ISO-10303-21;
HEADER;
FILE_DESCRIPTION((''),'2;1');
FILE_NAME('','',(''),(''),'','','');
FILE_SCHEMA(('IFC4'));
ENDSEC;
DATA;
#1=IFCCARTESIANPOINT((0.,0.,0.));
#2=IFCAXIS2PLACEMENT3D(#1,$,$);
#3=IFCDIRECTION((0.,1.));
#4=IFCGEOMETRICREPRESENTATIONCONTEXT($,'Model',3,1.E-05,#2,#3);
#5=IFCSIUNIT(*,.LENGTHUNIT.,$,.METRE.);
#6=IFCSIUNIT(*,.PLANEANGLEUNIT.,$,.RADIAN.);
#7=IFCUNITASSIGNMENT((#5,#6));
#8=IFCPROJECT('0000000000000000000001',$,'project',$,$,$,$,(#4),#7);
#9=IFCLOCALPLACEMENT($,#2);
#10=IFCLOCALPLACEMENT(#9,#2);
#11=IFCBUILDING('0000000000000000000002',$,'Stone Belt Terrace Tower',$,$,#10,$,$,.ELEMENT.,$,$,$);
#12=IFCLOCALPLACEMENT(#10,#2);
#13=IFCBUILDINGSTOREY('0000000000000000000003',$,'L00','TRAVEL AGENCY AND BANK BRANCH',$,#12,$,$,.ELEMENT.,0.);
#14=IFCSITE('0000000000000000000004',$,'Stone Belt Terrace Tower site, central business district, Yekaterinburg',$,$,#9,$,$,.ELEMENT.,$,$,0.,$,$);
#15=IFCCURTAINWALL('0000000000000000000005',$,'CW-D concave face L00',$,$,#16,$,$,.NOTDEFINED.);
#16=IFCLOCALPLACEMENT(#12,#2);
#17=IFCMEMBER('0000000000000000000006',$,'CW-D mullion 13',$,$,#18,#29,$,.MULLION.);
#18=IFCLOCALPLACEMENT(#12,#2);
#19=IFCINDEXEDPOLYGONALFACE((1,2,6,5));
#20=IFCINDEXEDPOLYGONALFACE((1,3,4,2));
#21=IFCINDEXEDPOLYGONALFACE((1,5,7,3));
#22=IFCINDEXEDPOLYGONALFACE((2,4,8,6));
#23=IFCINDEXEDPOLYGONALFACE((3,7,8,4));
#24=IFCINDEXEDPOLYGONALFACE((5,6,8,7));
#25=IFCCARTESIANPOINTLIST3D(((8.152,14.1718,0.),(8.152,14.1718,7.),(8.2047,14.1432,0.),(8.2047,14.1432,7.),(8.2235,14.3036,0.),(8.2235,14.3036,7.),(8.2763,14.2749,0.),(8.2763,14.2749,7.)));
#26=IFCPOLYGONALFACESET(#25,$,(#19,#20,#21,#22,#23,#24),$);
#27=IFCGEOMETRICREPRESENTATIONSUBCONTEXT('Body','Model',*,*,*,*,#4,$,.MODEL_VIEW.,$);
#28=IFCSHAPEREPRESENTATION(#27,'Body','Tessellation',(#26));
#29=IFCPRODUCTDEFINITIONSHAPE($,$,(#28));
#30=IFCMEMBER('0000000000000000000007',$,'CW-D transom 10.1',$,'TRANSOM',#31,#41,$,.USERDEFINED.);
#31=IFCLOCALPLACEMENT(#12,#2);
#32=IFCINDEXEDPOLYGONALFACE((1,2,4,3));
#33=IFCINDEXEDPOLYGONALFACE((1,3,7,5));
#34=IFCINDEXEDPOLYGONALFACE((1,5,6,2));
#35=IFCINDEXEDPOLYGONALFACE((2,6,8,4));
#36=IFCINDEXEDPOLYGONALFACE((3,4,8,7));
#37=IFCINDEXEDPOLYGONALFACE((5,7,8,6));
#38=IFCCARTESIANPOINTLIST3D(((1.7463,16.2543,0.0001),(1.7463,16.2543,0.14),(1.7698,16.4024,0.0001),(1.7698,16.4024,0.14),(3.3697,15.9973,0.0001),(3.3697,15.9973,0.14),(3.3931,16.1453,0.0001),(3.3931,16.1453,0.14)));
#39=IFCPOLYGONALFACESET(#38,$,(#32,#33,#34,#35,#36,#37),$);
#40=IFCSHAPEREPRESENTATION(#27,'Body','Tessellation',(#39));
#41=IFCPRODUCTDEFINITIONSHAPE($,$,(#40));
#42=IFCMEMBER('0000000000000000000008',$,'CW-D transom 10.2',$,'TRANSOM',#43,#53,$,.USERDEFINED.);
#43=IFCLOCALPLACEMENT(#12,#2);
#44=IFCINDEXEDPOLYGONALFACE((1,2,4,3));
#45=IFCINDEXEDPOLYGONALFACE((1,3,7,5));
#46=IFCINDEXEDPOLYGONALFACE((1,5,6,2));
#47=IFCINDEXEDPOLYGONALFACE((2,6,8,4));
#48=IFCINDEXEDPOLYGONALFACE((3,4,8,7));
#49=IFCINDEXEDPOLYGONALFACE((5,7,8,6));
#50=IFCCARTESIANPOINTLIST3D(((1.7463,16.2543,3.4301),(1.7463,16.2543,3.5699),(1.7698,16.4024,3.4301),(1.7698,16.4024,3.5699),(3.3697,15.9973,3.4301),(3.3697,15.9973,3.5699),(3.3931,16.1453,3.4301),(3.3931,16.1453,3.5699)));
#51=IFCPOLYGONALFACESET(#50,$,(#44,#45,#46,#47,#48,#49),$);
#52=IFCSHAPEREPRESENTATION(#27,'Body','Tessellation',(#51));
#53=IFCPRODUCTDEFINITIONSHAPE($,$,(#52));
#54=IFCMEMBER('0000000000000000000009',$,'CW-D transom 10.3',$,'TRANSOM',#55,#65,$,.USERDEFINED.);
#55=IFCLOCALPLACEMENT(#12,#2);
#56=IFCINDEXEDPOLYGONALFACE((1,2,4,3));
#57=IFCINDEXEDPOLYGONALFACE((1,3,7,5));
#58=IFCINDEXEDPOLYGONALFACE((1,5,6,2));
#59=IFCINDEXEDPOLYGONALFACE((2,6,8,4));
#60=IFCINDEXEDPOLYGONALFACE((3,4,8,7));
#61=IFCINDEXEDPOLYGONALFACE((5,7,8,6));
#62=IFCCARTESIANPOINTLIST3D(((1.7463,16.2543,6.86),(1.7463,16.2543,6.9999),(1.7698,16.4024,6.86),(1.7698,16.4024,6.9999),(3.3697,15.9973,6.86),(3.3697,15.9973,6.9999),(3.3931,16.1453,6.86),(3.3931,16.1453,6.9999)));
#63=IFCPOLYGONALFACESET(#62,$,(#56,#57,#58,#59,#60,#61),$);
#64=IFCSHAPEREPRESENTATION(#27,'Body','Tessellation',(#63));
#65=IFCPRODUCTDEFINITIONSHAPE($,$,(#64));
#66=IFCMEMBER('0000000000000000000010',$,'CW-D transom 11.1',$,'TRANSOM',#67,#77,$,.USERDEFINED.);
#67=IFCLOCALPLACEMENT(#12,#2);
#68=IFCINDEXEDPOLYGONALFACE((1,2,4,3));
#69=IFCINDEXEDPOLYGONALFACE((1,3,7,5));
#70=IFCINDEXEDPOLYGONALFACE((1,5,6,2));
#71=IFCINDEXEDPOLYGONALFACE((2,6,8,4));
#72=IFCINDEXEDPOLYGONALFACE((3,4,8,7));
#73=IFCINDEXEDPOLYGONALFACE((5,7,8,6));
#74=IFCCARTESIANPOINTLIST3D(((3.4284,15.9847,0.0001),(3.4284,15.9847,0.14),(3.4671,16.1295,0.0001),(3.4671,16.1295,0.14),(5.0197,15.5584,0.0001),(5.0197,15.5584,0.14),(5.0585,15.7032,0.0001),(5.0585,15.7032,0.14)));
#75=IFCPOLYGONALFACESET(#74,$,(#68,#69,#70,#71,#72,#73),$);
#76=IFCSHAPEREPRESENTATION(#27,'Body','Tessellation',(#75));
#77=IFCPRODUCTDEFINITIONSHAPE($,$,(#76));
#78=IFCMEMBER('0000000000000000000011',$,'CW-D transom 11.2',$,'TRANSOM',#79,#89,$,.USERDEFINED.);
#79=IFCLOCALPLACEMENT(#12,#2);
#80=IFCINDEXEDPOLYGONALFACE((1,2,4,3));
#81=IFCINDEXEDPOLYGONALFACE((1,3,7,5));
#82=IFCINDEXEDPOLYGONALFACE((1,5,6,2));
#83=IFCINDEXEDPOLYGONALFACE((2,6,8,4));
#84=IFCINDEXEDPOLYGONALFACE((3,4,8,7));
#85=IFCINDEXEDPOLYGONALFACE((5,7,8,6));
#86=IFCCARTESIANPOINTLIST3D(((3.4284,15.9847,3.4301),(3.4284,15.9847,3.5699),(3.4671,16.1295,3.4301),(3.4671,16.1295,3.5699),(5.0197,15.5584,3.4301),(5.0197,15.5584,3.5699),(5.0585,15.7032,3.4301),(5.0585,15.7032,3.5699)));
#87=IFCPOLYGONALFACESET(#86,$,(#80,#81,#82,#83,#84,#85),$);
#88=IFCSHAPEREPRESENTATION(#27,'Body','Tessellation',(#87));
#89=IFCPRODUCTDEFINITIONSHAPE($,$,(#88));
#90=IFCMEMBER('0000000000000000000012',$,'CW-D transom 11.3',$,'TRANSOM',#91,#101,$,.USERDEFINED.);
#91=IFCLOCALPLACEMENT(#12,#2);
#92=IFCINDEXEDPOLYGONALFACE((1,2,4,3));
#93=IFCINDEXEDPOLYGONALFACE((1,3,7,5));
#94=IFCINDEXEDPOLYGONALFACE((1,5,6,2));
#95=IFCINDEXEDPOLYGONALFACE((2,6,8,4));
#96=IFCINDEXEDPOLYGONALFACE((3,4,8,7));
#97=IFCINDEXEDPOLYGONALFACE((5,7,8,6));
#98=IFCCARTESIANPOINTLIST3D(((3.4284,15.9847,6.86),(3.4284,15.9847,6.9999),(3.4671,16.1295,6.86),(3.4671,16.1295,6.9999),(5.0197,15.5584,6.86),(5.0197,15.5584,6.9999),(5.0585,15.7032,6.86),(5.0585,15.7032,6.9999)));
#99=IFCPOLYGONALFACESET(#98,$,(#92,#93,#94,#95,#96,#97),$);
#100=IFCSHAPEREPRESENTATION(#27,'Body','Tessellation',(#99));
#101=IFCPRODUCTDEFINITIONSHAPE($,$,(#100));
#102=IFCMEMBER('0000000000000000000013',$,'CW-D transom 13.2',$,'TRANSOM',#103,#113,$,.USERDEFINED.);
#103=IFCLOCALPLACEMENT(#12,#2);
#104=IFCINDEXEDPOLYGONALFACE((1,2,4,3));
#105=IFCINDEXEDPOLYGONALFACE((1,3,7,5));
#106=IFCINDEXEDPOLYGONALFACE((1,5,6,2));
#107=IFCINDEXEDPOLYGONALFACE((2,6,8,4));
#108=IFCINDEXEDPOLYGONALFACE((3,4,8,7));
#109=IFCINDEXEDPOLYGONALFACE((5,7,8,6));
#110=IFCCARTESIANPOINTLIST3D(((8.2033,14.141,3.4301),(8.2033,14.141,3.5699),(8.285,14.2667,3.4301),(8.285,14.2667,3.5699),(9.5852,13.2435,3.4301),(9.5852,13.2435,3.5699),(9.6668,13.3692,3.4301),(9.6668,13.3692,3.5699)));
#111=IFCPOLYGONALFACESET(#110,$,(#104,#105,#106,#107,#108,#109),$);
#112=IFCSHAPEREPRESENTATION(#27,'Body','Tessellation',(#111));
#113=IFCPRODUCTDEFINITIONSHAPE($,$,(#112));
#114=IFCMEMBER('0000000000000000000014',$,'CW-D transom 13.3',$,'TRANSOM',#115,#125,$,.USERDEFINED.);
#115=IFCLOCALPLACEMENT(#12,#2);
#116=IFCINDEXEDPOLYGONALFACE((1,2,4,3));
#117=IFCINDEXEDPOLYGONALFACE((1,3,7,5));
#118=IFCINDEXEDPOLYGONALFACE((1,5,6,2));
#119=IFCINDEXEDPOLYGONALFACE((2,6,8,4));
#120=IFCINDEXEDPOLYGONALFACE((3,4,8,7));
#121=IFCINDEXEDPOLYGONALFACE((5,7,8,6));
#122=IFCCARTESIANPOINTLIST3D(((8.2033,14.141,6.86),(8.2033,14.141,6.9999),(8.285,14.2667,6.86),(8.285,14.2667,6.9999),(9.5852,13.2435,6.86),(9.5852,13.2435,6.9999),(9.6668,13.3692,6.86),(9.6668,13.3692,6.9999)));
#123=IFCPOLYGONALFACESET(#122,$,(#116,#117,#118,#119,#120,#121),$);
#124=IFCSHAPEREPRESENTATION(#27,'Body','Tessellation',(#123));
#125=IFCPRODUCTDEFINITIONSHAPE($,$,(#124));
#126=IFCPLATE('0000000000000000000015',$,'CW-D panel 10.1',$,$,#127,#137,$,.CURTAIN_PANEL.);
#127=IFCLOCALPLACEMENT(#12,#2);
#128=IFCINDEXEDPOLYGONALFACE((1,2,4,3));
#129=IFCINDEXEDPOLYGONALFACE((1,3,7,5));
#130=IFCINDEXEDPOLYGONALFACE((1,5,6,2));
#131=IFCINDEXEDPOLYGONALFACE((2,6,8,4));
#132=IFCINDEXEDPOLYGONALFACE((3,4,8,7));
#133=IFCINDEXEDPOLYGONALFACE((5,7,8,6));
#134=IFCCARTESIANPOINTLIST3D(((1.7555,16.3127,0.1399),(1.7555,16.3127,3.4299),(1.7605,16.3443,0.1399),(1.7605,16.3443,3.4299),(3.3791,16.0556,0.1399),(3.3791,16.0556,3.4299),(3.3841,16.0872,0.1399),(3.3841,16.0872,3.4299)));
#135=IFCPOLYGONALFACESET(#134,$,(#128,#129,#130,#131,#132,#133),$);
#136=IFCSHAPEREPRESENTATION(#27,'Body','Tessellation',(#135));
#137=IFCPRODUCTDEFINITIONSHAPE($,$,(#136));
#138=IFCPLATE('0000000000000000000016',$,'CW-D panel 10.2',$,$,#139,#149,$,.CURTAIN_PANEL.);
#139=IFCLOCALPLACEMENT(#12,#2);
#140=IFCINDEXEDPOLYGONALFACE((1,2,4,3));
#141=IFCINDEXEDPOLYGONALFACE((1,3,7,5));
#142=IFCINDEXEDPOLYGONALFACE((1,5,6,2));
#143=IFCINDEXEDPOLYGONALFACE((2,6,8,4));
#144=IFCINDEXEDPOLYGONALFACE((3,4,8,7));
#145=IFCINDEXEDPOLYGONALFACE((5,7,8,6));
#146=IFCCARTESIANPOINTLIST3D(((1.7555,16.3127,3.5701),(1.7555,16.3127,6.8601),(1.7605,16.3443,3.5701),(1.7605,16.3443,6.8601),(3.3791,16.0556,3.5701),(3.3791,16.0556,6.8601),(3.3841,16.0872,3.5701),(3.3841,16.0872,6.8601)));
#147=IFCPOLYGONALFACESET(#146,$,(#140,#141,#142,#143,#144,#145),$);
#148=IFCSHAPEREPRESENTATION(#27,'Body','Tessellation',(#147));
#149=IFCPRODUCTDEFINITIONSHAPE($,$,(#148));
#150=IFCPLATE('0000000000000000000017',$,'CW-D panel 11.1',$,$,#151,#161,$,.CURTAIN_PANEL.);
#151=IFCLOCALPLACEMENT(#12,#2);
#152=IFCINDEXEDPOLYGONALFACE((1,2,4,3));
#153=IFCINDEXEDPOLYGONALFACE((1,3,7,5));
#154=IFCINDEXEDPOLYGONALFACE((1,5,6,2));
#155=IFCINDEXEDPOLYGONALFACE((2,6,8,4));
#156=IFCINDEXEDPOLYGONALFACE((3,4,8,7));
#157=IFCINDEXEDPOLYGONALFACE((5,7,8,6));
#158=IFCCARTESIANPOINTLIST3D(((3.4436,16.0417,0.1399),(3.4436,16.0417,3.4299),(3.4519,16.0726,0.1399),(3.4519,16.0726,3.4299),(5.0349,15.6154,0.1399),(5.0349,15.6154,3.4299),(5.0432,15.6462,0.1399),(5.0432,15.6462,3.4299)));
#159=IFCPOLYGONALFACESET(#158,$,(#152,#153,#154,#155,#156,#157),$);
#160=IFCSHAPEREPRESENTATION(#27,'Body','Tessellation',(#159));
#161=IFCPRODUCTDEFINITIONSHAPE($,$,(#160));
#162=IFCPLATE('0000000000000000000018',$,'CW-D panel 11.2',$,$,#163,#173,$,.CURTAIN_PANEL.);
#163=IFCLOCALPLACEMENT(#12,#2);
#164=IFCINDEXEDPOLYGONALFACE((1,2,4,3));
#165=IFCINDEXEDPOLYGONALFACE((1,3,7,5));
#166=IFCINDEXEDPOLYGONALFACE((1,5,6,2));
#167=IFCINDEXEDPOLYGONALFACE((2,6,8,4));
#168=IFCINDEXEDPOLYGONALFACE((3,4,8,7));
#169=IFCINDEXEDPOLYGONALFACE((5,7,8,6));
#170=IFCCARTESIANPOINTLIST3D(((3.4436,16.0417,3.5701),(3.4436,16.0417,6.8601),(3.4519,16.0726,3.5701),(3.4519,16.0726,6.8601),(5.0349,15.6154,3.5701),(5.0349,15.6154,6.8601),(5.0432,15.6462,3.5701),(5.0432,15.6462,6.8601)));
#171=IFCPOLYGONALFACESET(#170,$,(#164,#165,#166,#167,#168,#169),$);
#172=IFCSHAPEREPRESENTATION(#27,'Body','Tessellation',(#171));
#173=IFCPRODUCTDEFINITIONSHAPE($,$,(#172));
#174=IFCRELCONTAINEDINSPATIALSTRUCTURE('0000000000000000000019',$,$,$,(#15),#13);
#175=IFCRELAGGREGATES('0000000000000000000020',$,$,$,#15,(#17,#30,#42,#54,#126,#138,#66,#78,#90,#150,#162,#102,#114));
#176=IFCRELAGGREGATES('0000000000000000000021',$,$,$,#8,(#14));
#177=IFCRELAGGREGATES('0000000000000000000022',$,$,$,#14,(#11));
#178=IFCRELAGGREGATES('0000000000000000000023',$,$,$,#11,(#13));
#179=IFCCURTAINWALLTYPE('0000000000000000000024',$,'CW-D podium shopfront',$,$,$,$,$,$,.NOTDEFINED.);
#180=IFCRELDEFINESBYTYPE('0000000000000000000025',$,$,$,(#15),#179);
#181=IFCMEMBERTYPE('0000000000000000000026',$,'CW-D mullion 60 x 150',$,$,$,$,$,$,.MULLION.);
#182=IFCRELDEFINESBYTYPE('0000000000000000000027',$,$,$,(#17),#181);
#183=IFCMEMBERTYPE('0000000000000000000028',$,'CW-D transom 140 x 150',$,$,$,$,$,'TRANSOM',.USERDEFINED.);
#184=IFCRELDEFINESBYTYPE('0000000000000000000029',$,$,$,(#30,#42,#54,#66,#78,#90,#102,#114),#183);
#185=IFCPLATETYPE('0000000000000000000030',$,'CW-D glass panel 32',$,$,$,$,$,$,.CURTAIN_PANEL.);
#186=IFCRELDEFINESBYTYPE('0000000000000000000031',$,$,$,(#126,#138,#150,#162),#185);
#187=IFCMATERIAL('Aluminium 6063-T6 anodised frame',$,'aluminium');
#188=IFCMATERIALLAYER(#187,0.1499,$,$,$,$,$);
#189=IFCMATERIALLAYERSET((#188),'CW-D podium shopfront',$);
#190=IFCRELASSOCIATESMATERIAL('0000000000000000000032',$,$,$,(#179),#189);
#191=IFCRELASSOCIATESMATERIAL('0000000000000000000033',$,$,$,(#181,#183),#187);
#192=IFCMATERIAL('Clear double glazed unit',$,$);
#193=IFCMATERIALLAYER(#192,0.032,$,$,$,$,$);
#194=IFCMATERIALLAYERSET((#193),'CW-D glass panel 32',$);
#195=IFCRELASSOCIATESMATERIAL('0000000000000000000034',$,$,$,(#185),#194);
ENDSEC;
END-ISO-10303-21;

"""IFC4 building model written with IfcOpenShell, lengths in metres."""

from ifc_helpers import new_model, si_unit, direction, frame, origin, origin_2d, place, context, subcontext, project, spatial, rectangle, extrude, material, layer, layer_set, material_profile, profile_set, type_object, element, aggregate, save


model = new_model("IFC4")

# Units and contexts
model_context = context("Model", 3, precision=1e-05, world=origin(), true_north=direction((0.0, 1.0)))
body_context = subcontext(model_context, "Body", "Model", "MODEL_VIEW")
ifc_project = project(units=[si_unit("LENGTHUNIT", "METRE"), si_unit("PLANEANGLEUNIT", "RADIAN")], contexts=[model_context])

# Site, building, storey
site_placement = place(None, origin())
site = spatial("IfcSite", under=ifc_project, at=site_placement, Name="Stone Belt Terrace Tower site, central business district, Yekaterinburg", CompositionType="ELEMENT", RefElevation=0.0)
building_placement = place(site_placement, origin())
building = spatial("IfcBuilding", under=site, at=building_placement, Name="Stone Belt Terrace Tower", CompositionType="ELEMENT")
storey_placement = place(building_placement, origin())
storey = spatial("IfcBuildingStorey", under=building, at=storey_placement, Name="L00", Description="TRAVEL AGENCY AND BANK BRANCH", CompositionType="ELEMENT", Elevation=0.0)

# Curtain wall, members, plates
ifc_material_1 = material(Name="Aluminium 6063-T6 anodised frame", Category="aluminium")
ifc_layer_1 = layer(ifc_material_1, 0.1499)
ifc_layer_set_1 = layer_set([ifc_layer_1], Name="CW-D podium shopfront")
curtain_wall_type = type_object("IfcCurtainWallType", Name="CW-D podium shopfront", PredefinedType="NOTDEFINED", material=ifc_layer_set_1)
curtain_wall_placement = place(storey_placement, origin())
curtain_wall = element("IfcCurtainWall", 1, at=curtain_wall_placement, inside=storey, type_object=curtain_wall_type, Name="CW-D concave face L00", PredefinedType="NOTDEFINED")
ifc_material_profile_1 = material_profile(ifc_material_1, rectangle(XDim=0.1499, YDim=0.0601, at=origin_2d()), Name="Aluminium 6063-T6 60x150")
ifc_profile_set_1 = profile_set([ifc_material_profile_1], Name="Aluminium 6063-T6 anodised frame")
member_type_1 = type_object("IfcMemberType", Name="CW-D mullion 60 x 150", PredefinedType="MULLION", material=ifc_profile_set_1)
member_1_placement = place(storey_placement, frame((8.2141, 14.2234, 0.0), z_axis=(0.0, 0.0, 1.0), x_axis=(0.477159, 0.878817, 0.0)))
member_1 = element("IfcMember", 2, at=member_1_placement, type_object=member_type_1, Name="CW-D mullion 13", PredefinedType="MULLION", context=body_context, shape_type="SweptSolid", body=[
    extrude(rectangle(XDim=0.1499, YDim=0.0601, at=origin_2d()), origin(), (0.0, 0.0, 1.0), 7.0),
])
ifc_material_profile_2 = material_profile(ifc_material_1, rectangle(XDim=0.1499, YDim=0.1399, at=origin_2d()), Name="Aluminium 6063-T6 150x140")
ifc_profile_set_2 = profile_set([ifc_material_profile_2], Name="Aluminium 6063-T6 anodised frame")
member_type_2 = type_object("IfcMemberType", Name="CW-D transom 140 x 150", ElementType="TRANSOM", PredefinedType="USERDEFINED", material=ifc_profile_set_2)
member_2_placement = place(storey_placement, frame((1.7581, 16.3284, 0.0701), z_axis=(0.987691, -0.15642, 0.0), x_axis=(0.15642, 0.987691, 0.0)))
member_2 = element("IfcMember", 3, at=member_2_placement, type_object=member_type_2, Name="CW-D transom 10.1", ObjectType="TRANSOM", PredefinedType="USERDEFINED", context=body_context, shape_type="SweptSolid", body=[
    extrude(rectangle(XDim=0.1499, YDim=0.1399, at=origin_2d()), origin(), (0.0, 0.0, 1.0), 1.6436),
])
member_3_placement = place(storey_placement, frame((1.7581, 16.3284, 3.5), z_axis=(0.987691, -0.15642, 0.0), x_axis=(0.15642, 0.987691, 0.0)))
member_3 = element("IfcMember", 4, at=member_3_placement, type_object=member_type_2, Name="CW-D transom 10.2", ObjectType="TRANSOM", PredefinedType="USERDEFINED", context=body_context, shape_type="SweptSolid", body=[
    extrude(rectangle(XDim=0.1499, YDim=0.1399, at=origin_2d()), origin(), (0.0, 0.0, 1.0), 1.6436),
])
member_4_placement = place(storey_placement, frame((1.7581, 16.3284, 6.9299), z_axis=(0.987691, -0.15642, 0.0), x_axis=(0.15642, 0.987691, 0.0)))
member_4 = element("IfcMember", 5, at=member_4_placement, type_object=member_type_2, Name="CW-D transom 10.3", ObjectType="TRANSOM", PredefinedType="USERDEFINED", context=body_context, shape_type="SweptSolid", body=[
    extrude(rectangle(XDim=0.1499, YDim=0.1399, at=origin_2d()), origin(), (0.0, 0.0, 1.0), 1.6436),
])
member_5_placement = place(storey_placement, frame((3.4478, 16.0571, 0.0701), z_axis=(0.965944, -0.258751, 0.0), x_axis=(0.258751, 0.965944, 0.0)))
member_5 = element("IfcMember", 6, at=member_5_placement, type_object=member_type_2, Name="CW-D transom 11.1", ObjectType="TRANSOM", PredefinedType="USERDEFINED", context=body_context, shape_type="SweptSolid", body=[
    extrude(rectangle(XDim=0.1499, YDim=0.1399, at=origin_2d()), origin(), (0.0, 0.0, 1.0), 1.6475),
])
member_6_placement = place(storey_placement, frame((3.4478, 16.0571, 3.5), z_axis=(0.965944, -0.258751, 0.0), x_axis=(0.258751, 0.965944, 0.0)))
member_6 = element("IfcMember", 7, at=member_6_placement, type_object=member_type_2, Name="CW-D transom 11.2", ObjectType="TRANSOM", PredefinedType="USERDEFINED", context=body_context, shape_type="SweptSolid", body=[
    extrude(rectangle(XDim=0.1499, YDim=0.1399, at=origin_2d()), origin(), (0.0, 0.0, 1.0), 1.6475),
])
member_7_placement = place(storey_placement, frame((3.4478, 16.0571, 6.9299), z_axis=(0.965944, -0.258751, 0.0), x_axis=(0.258751, 0.965944, 0.0)))
member_7 = element("IfcMember", 8, at=member_7_placement, type_object=member_type_2, Name="CW-D transom 11.3", ObjectType="TRANSOM", PredefinedType="USERDEFINED", context=body_context, shape_type="SweptSolid", body=[
    extrude(rectangle(XDim=0.1499, YDim=0.1399, at=origin_2d()), origin(), (0.0, 0.0, 1.0), 1.6475),
])
member_8_placement = place(storey_placement, frame((8.2441, 14.2039, 3.5), z_axis=(0.838647, -0.544676, 0.0), x_axis=(0.544676, 0.838647, 0.0)))
member_8 = element("IfcMember", 9, at=member_8_placement, type_object=member_type_2, Name="CW-D transom 13.2", ObjectType="TRANSOM", PredefinedType="USERDEFINED", context=body_context, shape_type="SweptSolid", body=[
    extrude(rectangle(XDim=0.1499, YDim=0.1399, at=origin_2d()), origin(), (0.0, 0.0, 1.0), 1.6477),
])
member_9_placement = place(storey_placement, frame((8.2441, 14.2039, 6.9299), z_axis=(0.838647, -0.544676, 0.0), x_axis=(0.544676, 0.838647, 0.0)))
member_9 = element("IfcMember", 10, at=member_9_placement, type_object=member_type_2, Name="CW-D transom 13.3", ObjectType="TRANSOM", PredefinedType="USERDEFINED", context=body_context, shape_type="SweptSolid", body=[
    extrude(rectangle(XDim=0.1499, YDim=0.1399, at=origin_2d()), origin(), (0.0, 0.0, 1.0), 1.6477),
])
ifc_material_2 = material(Name="Clear double glazed unit")
ifc_layer_2 = layer(ifc_material_2, 0.032)
ifc_layer_set_2 = layer_set([ifc_layer_2], Name="CW-D glass panel 32")
plate_type = type_object("IfcPlateType", Name="CW-D glass panel 32", PredefinedType="CURTAIN_PANEL", material=ifc_layer_set_2)
plate_1_placement = place(storey_placement, frame((2.5698, 16.2, 0.1399), z_axis=(0.0, 0.0, 1.0), x_axis=(0.987688, -0.156434, 0.0)))
plate_1 = element("IfcPlate", 11, at=plate_1_placement, type_object=plate_type, Name="CW-D panel 10.1", PredefinedType="CURTAIN_PANEL", context=body_context, shape_type="SweptSolid", body=[
    extrude(rectangle(XDim=1.6438, YDim=0.032, at=origin_2d()), origin(), (0.0, 0.0, 1.0), 3.29),
])
plate_2_placement = place(storey_placement, frame((2.5698, 16.2, 3.5701), z_axis=(0.0, 0.0, 1.0), x_axis=(0.987688, -0.156434, 0.0)))
plate_2 = element("IfcPlate", 12, at=plate_2_placement, type_object=plate_type, Name="CW-D panel 10.2", PredefinedType="CURTAIN_PANEL", context=body_context, shape_type="SweptSolid", body=[
    extrude(rectangle(XDim=1.6438, YDim=0.032, at=origin_2d()), origin(), (0.0, 0.0, 1.0), 3.29),
])
plate_3_placement = place(storey_placement, frame((4.2434, 15.844, 0.1399), z_axis=(0.0, 0.0, 1.0), x_axis=(0.965926, -0.258819, 0.0)))
plate_3 = element("IfcPlate", 13, at=plate_3_placement, type_object=plate_type, Name="CW-D panel 11.1", PredefinedType="CURTAIN_PANEL", context=body_context, shape_type="SweptSolid", body=[
    extrude(rectangle(XDim=1.6475, YDim=0.032, at=origin_2d()), origin(), (0.0, 0.0, 1.0), 3.29),
])
plate_4_placement = place(storey_placement, frame((4.2434, 15.844, 3.5701), z_axis=(0.0, 0.0, 1.0), x_axis=(0.965926, -0.258819, 0.0)))
plate_4 = element("IfcPlate", 14, at=plate_4_placement, type_object=plate_type, Name="CW-D panel 11.2", PredefinedType="CURTAIN_PANEL", context=body_context, shape_type="SweptSolid", body=[
    extrude(rectangle(XDim=1.6475, YDim=0.032, at=origin_2d()), origin(), (0.0, 0.0, 1.0), 3.29),
])
aggregate(curtain_wall, [member_1, member_2, member_3, member_4, plate_1, plate_2, member_5, member_6, member_7, plate_3, plate_4, member_8, member_9])

save(model, "model.ifc")
